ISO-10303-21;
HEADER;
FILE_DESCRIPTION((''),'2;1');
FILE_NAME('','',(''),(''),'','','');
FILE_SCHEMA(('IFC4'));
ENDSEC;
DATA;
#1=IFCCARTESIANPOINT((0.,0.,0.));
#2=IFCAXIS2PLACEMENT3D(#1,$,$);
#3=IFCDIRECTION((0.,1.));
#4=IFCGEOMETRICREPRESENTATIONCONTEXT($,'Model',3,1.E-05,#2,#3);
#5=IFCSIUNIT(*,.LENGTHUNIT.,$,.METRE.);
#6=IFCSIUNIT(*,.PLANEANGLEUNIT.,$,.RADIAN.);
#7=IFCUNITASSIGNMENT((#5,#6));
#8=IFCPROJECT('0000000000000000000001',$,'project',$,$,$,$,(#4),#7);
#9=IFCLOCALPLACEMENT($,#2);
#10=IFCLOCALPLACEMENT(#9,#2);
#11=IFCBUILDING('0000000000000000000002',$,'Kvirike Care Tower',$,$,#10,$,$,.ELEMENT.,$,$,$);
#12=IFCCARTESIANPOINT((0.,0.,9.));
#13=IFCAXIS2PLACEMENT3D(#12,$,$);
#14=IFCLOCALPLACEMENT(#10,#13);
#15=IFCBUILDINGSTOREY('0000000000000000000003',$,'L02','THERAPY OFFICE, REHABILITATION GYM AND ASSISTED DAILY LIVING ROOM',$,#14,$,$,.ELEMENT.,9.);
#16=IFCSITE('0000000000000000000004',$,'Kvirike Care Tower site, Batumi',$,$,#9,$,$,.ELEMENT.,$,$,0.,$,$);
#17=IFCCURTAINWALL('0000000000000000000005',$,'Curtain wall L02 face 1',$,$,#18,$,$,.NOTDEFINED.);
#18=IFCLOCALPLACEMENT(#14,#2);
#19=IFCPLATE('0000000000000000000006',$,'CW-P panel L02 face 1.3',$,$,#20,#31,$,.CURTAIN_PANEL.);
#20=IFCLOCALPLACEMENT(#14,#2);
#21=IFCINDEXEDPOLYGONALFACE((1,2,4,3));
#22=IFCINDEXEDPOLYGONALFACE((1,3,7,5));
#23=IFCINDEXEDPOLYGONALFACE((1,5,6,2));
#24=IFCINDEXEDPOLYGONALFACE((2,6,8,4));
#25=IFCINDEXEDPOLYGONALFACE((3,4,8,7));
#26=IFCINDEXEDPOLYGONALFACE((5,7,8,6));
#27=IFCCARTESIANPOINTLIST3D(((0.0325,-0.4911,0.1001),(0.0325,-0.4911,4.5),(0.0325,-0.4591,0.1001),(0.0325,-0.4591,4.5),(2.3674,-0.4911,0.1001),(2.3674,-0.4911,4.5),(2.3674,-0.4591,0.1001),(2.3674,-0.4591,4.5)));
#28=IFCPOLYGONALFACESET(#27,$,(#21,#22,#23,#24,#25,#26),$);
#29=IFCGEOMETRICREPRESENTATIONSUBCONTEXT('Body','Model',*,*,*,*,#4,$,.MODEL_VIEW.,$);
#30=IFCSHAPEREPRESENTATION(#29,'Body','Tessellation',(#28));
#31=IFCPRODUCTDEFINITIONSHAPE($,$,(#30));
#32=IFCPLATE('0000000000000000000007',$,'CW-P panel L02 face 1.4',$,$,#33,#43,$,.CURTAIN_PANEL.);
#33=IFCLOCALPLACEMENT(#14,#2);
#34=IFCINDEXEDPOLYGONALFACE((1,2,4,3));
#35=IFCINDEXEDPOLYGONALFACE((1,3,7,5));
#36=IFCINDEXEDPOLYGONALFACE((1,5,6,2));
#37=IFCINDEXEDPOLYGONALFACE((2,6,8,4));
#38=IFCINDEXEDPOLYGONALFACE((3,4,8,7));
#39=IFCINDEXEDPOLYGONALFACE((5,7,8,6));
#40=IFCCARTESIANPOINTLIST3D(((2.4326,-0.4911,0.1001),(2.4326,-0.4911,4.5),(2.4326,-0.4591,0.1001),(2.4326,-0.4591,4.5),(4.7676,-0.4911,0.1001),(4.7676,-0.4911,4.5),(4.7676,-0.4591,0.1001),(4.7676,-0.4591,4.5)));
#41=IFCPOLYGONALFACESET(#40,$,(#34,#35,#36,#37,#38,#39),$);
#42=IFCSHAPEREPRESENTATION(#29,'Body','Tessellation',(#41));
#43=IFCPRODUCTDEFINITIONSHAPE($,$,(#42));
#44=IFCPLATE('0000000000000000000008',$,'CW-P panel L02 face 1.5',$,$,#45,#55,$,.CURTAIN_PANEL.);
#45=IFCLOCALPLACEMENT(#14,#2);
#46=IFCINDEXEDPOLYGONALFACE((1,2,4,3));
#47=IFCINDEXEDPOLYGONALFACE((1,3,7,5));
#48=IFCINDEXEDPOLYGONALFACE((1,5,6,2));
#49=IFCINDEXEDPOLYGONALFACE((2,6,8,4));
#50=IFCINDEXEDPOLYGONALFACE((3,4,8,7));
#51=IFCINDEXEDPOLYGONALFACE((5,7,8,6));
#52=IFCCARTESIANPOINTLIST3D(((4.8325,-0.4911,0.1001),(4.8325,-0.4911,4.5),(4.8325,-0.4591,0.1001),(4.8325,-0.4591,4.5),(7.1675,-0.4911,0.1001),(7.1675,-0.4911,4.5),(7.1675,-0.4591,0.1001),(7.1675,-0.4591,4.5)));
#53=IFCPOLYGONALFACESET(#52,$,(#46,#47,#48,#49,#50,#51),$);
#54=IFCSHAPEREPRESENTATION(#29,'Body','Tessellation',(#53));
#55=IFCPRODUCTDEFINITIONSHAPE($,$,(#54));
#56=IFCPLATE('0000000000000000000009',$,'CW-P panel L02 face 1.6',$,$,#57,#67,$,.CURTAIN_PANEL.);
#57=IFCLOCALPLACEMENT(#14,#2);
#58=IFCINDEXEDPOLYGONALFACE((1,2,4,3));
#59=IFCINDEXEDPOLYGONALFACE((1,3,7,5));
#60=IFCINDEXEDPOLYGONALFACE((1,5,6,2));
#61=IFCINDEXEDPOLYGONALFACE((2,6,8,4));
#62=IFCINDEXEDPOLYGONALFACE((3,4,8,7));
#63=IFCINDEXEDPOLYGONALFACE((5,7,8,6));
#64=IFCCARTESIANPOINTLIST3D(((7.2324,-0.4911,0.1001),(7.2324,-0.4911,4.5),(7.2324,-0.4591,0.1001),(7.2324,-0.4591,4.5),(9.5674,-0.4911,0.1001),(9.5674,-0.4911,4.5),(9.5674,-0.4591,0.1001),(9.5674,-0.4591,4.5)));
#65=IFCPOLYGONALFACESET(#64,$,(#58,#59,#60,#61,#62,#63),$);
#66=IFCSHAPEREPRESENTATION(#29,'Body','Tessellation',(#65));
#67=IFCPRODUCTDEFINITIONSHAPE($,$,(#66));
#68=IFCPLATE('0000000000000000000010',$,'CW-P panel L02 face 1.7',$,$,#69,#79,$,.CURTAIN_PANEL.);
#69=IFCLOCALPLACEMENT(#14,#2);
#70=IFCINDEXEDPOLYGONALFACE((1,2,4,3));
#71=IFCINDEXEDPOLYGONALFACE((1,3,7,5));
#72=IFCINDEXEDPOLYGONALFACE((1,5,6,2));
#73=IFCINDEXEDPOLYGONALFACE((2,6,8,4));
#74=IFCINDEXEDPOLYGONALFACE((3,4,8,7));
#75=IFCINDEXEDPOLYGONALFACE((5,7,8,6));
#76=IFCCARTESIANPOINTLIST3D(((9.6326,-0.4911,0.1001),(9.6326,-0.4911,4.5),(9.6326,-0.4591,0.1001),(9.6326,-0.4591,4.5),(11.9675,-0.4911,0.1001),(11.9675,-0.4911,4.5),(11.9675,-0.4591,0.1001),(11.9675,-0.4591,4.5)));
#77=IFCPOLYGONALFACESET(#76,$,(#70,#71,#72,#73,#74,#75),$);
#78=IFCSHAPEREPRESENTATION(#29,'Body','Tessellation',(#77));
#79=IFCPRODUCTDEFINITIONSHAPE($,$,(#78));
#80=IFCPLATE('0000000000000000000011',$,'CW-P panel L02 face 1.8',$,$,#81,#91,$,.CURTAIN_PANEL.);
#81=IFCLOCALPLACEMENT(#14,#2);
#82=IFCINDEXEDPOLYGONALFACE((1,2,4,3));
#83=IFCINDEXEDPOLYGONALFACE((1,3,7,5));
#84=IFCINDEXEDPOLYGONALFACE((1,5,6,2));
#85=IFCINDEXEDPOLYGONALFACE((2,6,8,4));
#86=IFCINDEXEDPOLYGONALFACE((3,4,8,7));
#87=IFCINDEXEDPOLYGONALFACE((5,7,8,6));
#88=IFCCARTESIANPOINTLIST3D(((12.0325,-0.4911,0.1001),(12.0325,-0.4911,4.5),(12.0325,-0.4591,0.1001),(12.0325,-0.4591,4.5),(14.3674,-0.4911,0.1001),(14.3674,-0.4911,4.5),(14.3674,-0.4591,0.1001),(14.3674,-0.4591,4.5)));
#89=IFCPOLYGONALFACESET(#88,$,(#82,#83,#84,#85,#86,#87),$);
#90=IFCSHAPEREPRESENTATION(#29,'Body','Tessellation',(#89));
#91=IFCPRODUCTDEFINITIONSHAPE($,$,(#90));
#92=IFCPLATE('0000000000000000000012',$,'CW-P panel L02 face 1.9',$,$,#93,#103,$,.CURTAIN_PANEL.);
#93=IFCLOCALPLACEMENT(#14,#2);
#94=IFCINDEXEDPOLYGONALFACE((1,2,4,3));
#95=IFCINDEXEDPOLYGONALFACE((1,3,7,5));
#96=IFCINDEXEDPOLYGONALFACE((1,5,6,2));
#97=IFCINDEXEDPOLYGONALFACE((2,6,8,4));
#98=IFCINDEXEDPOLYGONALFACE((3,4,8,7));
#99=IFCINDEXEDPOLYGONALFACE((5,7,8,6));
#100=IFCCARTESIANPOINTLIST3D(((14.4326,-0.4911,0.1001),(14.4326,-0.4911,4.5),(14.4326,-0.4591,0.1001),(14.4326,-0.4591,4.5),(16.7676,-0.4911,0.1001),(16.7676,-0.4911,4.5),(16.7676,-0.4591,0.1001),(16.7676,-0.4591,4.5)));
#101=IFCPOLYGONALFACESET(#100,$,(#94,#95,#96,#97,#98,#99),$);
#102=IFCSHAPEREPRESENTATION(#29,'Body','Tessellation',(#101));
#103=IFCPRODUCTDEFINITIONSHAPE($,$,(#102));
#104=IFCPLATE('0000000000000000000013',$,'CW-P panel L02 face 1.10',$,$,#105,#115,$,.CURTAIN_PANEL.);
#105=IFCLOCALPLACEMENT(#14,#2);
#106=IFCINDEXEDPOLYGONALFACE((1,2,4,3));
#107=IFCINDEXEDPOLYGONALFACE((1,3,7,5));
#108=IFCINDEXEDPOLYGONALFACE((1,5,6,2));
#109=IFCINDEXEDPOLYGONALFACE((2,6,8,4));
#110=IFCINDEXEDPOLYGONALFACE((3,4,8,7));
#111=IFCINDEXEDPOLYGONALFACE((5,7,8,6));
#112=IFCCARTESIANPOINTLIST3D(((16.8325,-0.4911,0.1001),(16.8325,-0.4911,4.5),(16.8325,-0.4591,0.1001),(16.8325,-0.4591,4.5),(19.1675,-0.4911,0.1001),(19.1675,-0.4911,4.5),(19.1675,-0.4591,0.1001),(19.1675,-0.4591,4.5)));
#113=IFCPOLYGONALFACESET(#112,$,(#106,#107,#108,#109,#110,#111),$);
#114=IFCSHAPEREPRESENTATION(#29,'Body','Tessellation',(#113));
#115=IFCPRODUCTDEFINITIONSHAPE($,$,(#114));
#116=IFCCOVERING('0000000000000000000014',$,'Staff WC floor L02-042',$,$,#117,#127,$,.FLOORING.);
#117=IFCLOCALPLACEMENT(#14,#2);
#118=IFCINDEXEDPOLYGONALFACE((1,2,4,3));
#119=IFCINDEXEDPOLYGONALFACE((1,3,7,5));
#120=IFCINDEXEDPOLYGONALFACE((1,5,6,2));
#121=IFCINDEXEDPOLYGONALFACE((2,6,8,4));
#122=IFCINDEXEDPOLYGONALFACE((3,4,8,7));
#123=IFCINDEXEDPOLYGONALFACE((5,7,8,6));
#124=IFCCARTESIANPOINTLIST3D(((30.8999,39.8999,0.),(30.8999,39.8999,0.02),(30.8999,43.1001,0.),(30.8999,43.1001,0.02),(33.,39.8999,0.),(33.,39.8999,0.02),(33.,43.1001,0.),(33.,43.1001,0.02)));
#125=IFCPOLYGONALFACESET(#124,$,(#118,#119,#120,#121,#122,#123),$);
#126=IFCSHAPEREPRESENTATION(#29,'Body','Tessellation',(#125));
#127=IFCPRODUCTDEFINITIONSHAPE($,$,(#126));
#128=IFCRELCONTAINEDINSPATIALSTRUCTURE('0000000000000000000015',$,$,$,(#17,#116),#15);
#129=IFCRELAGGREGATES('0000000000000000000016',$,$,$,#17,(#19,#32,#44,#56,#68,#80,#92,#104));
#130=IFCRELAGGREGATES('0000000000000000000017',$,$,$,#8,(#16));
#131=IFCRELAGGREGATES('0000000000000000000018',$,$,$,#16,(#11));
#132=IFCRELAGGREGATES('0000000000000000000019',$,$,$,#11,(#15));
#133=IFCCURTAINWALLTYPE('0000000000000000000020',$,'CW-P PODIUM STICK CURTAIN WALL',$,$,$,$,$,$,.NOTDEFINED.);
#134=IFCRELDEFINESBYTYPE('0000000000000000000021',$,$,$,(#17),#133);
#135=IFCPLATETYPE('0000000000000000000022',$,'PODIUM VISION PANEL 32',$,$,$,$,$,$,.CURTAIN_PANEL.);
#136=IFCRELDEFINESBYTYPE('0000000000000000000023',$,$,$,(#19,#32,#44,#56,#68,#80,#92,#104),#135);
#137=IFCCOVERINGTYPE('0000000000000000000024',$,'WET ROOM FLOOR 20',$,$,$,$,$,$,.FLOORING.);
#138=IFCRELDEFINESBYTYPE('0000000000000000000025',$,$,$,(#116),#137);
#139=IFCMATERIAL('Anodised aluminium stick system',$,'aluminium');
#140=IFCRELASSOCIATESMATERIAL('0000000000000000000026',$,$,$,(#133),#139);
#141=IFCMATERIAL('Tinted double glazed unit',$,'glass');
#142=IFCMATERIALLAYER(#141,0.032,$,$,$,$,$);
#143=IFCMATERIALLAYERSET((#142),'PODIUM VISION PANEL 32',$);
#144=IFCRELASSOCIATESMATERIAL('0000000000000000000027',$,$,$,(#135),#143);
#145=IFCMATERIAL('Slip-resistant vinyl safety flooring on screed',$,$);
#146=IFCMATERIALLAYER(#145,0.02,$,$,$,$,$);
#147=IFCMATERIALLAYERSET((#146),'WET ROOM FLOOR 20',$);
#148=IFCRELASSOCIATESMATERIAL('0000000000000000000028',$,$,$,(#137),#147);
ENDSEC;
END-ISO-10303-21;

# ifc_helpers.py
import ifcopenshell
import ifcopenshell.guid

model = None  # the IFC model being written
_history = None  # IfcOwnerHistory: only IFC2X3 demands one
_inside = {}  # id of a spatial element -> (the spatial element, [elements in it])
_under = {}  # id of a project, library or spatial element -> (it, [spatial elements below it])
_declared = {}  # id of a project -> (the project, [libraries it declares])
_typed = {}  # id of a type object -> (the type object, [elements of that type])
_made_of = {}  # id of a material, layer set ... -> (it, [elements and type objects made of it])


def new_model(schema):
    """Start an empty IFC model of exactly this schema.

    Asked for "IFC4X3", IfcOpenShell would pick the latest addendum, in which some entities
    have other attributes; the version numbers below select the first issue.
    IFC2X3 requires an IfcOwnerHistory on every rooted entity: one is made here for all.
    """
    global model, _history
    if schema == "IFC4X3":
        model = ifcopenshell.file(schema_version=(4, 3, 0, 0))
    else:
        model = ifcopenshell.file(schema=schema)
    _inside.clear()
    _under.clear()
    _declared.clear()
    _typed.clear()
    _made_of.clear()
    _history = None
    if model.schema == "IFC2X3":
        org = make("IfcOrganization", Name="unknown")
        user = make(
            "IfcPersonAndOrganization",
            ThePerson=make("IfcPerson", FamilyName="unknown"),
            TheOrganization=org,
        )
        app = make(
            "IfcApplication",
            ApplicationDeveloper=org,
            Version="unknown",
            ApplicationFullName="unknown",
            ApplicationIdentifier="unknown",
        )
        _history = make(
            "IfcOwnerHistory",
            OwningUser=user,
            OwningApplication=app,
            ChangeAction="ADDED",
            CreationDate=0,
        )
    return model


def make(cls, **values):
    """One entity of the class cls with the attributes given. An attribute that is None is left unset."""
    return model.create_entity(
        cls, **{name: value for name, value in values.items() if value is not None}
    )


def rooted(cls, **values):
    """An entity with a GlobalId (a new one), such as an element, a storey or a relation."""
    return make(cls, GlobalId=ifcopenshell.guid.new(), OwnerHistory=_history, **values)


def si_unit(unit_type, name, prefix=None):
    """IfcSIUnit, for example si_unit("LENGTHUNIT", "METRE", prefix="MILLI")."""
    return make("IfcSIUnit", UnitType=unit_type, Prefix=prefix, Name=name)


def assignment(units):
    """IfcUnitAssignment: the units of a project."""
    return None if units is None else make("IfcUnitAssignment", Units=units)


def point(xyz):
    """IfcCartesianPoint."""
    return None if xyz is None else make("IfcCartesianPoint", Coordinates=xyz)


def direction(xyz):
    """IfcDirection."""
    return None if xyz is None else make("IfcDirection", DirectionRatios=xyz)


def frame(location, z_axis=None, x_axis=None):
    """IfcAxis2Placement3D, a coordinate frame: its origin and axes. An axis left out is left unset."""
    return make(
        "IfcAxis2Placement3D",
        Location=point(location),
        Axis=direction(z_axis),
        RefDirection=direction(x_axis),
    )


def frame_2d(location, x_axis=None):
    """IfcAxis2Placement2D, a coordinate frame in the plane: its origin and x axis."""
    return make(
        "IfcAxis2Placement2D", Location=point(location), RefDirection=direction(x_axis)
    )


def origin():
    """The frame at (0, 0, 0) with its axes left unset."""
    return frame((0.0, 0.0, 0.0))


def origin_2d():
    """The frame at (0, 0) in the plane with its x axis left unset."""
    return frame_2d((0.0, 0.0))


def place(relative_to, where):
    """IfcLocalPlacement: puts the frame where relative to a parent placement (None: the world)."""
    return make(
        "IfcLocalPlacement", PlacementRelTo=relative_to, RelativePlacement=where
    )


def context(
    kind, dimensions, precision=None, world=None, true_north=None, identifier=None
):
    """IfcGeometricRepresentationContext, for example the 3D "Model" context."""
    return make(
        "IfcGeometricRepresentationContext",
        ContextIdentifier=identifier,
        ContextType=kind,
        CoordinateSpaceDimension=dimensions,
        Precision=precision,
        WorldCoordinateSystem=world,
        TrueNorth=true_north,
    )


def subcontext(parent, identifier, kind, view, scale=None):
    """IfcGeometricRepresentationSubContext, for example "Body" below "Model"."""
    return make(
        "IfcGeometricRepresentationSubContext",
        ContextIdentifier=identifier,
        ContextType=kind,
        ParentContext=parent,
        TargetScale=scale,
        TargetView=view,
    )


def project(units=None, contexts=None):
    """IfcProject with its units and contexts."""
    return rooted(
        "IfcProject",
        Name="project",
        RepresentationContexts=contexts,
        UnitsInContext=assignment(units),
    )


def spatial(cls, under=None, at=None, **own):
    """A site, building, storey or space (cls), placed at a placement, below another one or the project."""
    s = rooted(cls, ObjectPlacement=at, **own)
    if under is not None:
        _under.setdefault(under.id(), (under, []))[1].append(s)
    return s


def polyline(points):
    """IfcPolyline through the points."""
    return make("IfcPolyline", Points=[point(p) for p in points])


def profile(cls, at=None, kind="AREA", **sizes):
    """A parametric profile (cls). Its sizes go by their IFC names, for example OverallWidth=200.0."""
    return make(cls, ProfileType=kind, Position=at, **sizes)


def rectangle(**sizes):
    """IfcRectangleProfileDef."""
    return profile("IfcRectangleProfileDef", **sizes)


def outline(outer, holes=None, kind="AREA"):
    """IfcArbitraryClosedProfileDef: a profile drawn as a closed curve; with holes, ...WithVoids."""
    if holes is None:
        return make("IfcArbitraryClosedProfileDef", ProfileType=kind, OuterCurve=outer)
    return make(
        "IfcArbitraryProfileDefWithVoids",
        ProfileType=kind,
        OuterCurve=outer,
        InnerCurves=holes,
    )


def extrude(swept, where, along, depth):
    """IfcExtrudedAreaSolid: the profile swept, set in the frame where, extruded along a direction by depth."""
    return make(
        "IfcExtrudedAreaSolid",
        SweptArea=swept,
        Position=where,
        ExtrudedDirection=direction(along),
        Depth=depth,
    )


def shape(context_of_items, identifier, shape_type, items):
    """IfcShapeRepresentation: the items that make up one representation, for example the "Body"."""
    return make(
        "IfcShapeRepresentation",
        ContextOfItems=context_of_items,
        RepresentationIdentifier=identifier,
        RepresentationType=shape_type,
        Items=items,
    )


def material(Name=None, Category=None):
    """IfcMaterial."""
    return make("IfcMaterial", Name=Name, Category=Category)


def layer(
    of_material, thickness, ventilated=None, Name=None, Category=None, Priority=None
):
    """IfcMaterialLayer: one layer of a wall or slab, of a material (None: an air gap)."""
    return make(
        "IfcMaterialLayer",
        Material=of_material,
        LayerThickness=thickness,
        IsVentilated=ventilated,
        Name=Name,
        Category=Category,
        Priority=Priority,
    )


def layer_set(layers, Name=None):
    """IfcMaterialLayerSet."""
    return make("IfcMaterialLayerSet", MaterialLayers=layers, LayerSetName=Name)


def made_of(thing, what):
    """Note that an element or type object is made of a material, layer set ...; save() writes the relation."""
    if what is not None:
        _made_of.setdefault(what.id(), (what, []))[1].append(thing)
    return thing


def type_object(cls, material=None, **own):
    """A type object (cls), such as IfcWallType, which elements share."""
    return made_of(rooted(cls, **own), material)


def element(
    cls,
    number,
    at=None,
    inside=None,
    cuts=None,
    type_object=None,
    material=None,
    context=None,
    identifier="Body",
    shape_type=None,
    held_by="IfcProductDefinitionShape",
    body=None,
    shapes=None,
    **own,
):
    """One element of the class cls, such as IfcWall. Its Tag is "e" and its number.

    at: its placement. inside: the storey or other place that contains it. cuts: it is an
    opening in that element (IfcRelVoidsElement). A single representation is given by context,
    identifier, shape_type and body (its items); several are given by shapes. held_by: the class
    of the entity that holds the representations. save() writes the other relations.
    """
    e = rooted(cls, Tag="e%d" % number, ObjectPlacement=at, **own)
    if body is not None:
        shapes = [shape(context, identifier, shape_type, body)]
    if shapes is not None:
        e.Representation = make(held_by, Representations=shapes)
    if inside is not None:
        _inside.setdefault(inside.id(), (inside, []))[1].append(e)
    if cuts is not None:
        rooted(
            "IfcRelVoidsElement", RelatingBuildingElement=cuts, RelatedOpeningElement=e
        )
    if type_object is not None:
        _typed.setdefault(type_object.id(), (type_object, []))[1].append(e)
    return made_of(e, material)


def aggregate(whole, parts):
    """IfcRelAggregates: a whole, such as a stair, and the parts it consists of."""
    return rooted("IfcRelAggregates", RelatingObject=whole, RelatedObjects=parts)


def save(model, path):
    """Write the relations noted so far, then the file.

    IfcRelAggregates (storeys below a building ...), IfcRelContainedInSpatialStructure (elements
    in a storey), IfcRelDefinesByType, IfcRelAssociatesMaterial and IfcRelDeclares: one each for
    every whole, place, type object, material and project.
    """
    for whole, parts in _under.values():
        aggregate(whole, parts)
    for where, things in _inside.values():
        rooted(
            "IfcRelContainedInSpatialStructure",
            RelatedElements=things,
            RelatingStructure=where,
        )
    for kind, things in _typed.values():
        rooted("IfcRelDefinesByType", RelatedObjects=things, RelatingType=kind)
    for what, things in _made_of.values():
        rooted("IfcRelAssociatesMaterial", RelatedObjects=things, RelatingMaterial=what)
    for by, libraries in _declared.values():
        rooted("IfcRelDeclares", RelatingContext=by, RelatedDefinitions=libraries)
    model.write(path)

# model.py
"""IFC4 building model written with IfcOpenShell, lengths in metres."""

from ifc_helpers import new_model, si_unit, direction, frame, origin, origin_2d, place, context, subcontext, project, spatial, polyline, rectangle, outline, extrude, material, layer, layer_set, type_object, element, aggregate, save


model = new_model("IFC4")

# Units and contexts
model_context = context("Model", 3, precision=1e-05, world=origin(), true_north=direction((0.0, 1.0)))
body_context = subcontext(model_context, "Body", "Model", "MODEL_VIEW")
ifc_project = project(units=[si_unit("LENGTHUNIT", "METRE"), si_unit("PLANEANGLEUNIT", "RADIAN")], contexts=[model_context])

# Site, building, storey
site_placement = place(None, origin())
site = spatial("IfcSite", under=ifc_project, at=site_placement, Name="Kvirike Care Tower site, Batumi", CompositionType="ELEMENT", RefElevation=0.0)
building_placement = place(site_placement, origin())
building = spatial("IfcBuilding", under=site, at=building_placement, Name="Kvirike Care Tower", CompositionType="ELEMENT")
storey_placement = place(building_placement, frame((0.0, 0.0, 9.0)))
storey = spatial("IfcBuildingStorey", under=building, at=storey_placement, Name="L02", Description="THERAPY OFFICE, REHABILITATION GYM AND ASSISTED DAILY LIVING ROOM", CompositionType="ELEMENT", Elevation=9.0)

# Curtain wall, plates
ifc_material_1 = material(Name="Anodised aluminium stick system", Category="aluminium")
curtain_wall_type = type_object("IfcCurtainWallType", Name="CW-P PODIUM STICK CURTAIN WALL", PredefinedType="NOTDEFINED", material=ifc_material_1)
curtain_wall_placement = place(storey_placement, origin())
curtain_wall = element("IfcCurtainWall", 1, at=curtain_wall_placement, inside=storey, type_object=curtain_wall_type, Name="Curtain wall L02 face 1", PredefinedType="NOTDEFINED")
ifc_material_2 = material(Name="Tinted double glazed unit", Category="glass")
ifc_layer_1 = layer(ifc_material_2, 0.032)
ifc_layer_set_1 = layer_set([ifc_layer_1], Name="PODIUM VISION PANEL 32")
plate_type = type_object("IfcPlateType", Name="PODIUM VISION PANEL 32", PredefinedType="CURTAIN_PANEL", material=ifc_layer_set_1)
plate_1_placement = place(storey_placement, frame((1.2, -0.4751, 0.1001), z_axis=(0.0, 0.0, 1.0), x_axis=(1.0, 0.0, 0.0)))
plate_1 = element("IfcPlate", 2, at=plate_1_placement, type_object=plate_type, Name="CW-P panel L02 face 1.3", PredefinedType="CURTAIN_PANEL", context=body_context, shape_type="SweptSolid", body=[
    extrude(rectangle(XDim=2.335, YDim=0.032, at=origin_2d()), origin(), (0.0, 0.0, 1.0), 4.3999),
])
plate_2_placement = place(storey_placement, frame((3.6001, -0.4751, 0.1001), z_axis=(0.0, 0.0, 1.0), x_axis=(1.0, 0.0, 0.0)))
plate_2 = element("IfcPlate", 3, at=plate_2_placement, type_object=plate_type, Name="CW-P panel L02 face 1.4", PredefinedType="CURTAIN_PANEL", context=body_context, shape_type="SweptSolid", body=[
    extrude(rectangle(XDim=2.335, YDim=0.032, at=origin_2d()), origin(), (0.0, 0.0, 1.0), 4.3999),
])
plate_3_placement = place(storey_placement, frame((6.0, -0.4751, 0.1001), z_axis=(0.0, 0.0, 1.0), x_axis=(1.0, 0.0, 0.0)))
plate_3 = element("IfcPlate", 4, at=plate_3_placement, type_object=plate_type, Name="CW-P panel L02 face 1.5", PredefinedType="CURTAIN_PANEL", context=body_context, shape_type="SweptSolid", body=[
    extrude(rectangle(XDim=2.335, YDim=0.032, at=origin_2d()), origin(), (0.0, 0.0, 1.0), 4.3999),
])
plate_4_placement = place(storey_placement, frame((8.3999, -0.4751, 0.1001), z_axis=(0.0, 0.0, 1.0), x_axis=(1.0, 0.0, 0.0)))
plate_4 = element("IfcPlate", 5, at=plate_4_placement, type_object=plate_type, Name="CW-P panel L02 face 1.6", PredefinedType="CURTAIN_PANEL", context=body_context, shape_type="SweptSolid", body=[
    extrude(rectangle(XDim=2.335, YDim=0.032, at=origin_2d()), origin(), (0.0, 0.0, 1.0), 4.3999),
])
plate_5_placement = place(storey_placement, frame((10.8, -0.4751, 0.1001), z_axis=(0.0, 0.0, 1.0), x_axis=(1.0, 0.0, 0.0)))
plate_5 = element("IfcPlate", 6, at=plate_5_placement, type_object=plate_type, Name="CW-P panel L02 face 1.7", PredefinedType="CURTAIN_PANEL", context=body_context, shape_type="SweptSolid", body=[
    extrude(rectangle(XDim=2.335, YDim=0.032, at=origin_2d()), origin(), (0.0, 0.0, 1.0), 4.3999),
])
plate_6_placement = place(storey_placement, frame((13.2, -0.4751, 0.1001), z_axis=(0.0, 0.0, 1.0), x_axis=(1.0, 0.0, 0.0)))
plate_6 = element("IfcPlate", 7, at=plate_6_placement, type_object=plate_type, Name="CW-P panel L02 face 1.8", PredefinedType="CURTAIN_PANEL", context=body_context, shape_type="SweptSolid", body=[
    extrude(rectangle(XDim=2.335, YDim=0.032, at=origin_2d()), origin(), (0.0, 0.0, 1.0), 4.3999),
])
plate_7_placement = place(storey_placement, frame((15.6001, -0.4751, 0.1001), z_axis=(0.0, 0.0, 1.0), x_axis=(1.0, 0.0, 0.0)))
plate_7 = element("IfcPlate", 8, at=plate_7_placement, type_object=plate_type, Name="CW-P panel L02 face 1.9", PredefinedType="CURTAIN_PANEL", context=body_context, shape_type="SweptSolid", body=[
    extrude(rectangle(XDim=2.335, YDim=0.032, at=origin_2d()), origin(), (0.0, 0.0, 1.0), 4.3999),
])
plate_8_placement = place(storey_placement, frame((18.0, -0.4751, 0.1001), z_axis=(0.0, 0.0, 1.0), x_axis=(1.0, 0.0, 0.0)))
plate_8 = element("IfcPlate", 9, at=plate_8_placement, type_object=plate_type, Name="CW-P panel L02 face 1.10", PredefinedType="CURTAIN_PANEL", context=body_context, shape_type="SweptSolid", body=[
    extrude(rectangle(XDim=2.335, YDim=0.032, at=origin_2d()), origin(), (0.0, 0.0, 1.0), 4.3999),
])
aggregate(curtain_wall, [plate_1, plate_2, plate_3, plate_4, plate_5, plate_6, plate_7, plate_8])

# Covering
ifc_material_3 = material(Name="Slip-resistant vinyl safety flooring on screed")
ifc_layer_2 = layer(ifc_material_3, 0.02)
ifc_layer_set_2 = layer_set([ifc_layer_2], Name="WET ROOM FLOOR 20")
covering_type = type_object("IfcCoveringType", Name="WET ROOM FLOOR 20", PredefinedType="FLOORING", material=ifc_layer_set_2)
covering_placement = place(storey_placement, origin())
element("IfcCovering", 10, at=covering_placement, inside=storey, type_object=covering_type, Name="Staff WC floor L02-042", PredefinedType="FLOORING", context=body_context, shape_type="SweptSolid", body=[
    extrude(outline(polyline([(30.8999, 39.8999), (30.8999, 43.1001), (33.0, 43.1001), (33.0, 39.8999), (30.8999, 39.8999)])), origin(), (0.0, 0.0, 1.0), 0.02),
])

save(model, "model.ifc")
